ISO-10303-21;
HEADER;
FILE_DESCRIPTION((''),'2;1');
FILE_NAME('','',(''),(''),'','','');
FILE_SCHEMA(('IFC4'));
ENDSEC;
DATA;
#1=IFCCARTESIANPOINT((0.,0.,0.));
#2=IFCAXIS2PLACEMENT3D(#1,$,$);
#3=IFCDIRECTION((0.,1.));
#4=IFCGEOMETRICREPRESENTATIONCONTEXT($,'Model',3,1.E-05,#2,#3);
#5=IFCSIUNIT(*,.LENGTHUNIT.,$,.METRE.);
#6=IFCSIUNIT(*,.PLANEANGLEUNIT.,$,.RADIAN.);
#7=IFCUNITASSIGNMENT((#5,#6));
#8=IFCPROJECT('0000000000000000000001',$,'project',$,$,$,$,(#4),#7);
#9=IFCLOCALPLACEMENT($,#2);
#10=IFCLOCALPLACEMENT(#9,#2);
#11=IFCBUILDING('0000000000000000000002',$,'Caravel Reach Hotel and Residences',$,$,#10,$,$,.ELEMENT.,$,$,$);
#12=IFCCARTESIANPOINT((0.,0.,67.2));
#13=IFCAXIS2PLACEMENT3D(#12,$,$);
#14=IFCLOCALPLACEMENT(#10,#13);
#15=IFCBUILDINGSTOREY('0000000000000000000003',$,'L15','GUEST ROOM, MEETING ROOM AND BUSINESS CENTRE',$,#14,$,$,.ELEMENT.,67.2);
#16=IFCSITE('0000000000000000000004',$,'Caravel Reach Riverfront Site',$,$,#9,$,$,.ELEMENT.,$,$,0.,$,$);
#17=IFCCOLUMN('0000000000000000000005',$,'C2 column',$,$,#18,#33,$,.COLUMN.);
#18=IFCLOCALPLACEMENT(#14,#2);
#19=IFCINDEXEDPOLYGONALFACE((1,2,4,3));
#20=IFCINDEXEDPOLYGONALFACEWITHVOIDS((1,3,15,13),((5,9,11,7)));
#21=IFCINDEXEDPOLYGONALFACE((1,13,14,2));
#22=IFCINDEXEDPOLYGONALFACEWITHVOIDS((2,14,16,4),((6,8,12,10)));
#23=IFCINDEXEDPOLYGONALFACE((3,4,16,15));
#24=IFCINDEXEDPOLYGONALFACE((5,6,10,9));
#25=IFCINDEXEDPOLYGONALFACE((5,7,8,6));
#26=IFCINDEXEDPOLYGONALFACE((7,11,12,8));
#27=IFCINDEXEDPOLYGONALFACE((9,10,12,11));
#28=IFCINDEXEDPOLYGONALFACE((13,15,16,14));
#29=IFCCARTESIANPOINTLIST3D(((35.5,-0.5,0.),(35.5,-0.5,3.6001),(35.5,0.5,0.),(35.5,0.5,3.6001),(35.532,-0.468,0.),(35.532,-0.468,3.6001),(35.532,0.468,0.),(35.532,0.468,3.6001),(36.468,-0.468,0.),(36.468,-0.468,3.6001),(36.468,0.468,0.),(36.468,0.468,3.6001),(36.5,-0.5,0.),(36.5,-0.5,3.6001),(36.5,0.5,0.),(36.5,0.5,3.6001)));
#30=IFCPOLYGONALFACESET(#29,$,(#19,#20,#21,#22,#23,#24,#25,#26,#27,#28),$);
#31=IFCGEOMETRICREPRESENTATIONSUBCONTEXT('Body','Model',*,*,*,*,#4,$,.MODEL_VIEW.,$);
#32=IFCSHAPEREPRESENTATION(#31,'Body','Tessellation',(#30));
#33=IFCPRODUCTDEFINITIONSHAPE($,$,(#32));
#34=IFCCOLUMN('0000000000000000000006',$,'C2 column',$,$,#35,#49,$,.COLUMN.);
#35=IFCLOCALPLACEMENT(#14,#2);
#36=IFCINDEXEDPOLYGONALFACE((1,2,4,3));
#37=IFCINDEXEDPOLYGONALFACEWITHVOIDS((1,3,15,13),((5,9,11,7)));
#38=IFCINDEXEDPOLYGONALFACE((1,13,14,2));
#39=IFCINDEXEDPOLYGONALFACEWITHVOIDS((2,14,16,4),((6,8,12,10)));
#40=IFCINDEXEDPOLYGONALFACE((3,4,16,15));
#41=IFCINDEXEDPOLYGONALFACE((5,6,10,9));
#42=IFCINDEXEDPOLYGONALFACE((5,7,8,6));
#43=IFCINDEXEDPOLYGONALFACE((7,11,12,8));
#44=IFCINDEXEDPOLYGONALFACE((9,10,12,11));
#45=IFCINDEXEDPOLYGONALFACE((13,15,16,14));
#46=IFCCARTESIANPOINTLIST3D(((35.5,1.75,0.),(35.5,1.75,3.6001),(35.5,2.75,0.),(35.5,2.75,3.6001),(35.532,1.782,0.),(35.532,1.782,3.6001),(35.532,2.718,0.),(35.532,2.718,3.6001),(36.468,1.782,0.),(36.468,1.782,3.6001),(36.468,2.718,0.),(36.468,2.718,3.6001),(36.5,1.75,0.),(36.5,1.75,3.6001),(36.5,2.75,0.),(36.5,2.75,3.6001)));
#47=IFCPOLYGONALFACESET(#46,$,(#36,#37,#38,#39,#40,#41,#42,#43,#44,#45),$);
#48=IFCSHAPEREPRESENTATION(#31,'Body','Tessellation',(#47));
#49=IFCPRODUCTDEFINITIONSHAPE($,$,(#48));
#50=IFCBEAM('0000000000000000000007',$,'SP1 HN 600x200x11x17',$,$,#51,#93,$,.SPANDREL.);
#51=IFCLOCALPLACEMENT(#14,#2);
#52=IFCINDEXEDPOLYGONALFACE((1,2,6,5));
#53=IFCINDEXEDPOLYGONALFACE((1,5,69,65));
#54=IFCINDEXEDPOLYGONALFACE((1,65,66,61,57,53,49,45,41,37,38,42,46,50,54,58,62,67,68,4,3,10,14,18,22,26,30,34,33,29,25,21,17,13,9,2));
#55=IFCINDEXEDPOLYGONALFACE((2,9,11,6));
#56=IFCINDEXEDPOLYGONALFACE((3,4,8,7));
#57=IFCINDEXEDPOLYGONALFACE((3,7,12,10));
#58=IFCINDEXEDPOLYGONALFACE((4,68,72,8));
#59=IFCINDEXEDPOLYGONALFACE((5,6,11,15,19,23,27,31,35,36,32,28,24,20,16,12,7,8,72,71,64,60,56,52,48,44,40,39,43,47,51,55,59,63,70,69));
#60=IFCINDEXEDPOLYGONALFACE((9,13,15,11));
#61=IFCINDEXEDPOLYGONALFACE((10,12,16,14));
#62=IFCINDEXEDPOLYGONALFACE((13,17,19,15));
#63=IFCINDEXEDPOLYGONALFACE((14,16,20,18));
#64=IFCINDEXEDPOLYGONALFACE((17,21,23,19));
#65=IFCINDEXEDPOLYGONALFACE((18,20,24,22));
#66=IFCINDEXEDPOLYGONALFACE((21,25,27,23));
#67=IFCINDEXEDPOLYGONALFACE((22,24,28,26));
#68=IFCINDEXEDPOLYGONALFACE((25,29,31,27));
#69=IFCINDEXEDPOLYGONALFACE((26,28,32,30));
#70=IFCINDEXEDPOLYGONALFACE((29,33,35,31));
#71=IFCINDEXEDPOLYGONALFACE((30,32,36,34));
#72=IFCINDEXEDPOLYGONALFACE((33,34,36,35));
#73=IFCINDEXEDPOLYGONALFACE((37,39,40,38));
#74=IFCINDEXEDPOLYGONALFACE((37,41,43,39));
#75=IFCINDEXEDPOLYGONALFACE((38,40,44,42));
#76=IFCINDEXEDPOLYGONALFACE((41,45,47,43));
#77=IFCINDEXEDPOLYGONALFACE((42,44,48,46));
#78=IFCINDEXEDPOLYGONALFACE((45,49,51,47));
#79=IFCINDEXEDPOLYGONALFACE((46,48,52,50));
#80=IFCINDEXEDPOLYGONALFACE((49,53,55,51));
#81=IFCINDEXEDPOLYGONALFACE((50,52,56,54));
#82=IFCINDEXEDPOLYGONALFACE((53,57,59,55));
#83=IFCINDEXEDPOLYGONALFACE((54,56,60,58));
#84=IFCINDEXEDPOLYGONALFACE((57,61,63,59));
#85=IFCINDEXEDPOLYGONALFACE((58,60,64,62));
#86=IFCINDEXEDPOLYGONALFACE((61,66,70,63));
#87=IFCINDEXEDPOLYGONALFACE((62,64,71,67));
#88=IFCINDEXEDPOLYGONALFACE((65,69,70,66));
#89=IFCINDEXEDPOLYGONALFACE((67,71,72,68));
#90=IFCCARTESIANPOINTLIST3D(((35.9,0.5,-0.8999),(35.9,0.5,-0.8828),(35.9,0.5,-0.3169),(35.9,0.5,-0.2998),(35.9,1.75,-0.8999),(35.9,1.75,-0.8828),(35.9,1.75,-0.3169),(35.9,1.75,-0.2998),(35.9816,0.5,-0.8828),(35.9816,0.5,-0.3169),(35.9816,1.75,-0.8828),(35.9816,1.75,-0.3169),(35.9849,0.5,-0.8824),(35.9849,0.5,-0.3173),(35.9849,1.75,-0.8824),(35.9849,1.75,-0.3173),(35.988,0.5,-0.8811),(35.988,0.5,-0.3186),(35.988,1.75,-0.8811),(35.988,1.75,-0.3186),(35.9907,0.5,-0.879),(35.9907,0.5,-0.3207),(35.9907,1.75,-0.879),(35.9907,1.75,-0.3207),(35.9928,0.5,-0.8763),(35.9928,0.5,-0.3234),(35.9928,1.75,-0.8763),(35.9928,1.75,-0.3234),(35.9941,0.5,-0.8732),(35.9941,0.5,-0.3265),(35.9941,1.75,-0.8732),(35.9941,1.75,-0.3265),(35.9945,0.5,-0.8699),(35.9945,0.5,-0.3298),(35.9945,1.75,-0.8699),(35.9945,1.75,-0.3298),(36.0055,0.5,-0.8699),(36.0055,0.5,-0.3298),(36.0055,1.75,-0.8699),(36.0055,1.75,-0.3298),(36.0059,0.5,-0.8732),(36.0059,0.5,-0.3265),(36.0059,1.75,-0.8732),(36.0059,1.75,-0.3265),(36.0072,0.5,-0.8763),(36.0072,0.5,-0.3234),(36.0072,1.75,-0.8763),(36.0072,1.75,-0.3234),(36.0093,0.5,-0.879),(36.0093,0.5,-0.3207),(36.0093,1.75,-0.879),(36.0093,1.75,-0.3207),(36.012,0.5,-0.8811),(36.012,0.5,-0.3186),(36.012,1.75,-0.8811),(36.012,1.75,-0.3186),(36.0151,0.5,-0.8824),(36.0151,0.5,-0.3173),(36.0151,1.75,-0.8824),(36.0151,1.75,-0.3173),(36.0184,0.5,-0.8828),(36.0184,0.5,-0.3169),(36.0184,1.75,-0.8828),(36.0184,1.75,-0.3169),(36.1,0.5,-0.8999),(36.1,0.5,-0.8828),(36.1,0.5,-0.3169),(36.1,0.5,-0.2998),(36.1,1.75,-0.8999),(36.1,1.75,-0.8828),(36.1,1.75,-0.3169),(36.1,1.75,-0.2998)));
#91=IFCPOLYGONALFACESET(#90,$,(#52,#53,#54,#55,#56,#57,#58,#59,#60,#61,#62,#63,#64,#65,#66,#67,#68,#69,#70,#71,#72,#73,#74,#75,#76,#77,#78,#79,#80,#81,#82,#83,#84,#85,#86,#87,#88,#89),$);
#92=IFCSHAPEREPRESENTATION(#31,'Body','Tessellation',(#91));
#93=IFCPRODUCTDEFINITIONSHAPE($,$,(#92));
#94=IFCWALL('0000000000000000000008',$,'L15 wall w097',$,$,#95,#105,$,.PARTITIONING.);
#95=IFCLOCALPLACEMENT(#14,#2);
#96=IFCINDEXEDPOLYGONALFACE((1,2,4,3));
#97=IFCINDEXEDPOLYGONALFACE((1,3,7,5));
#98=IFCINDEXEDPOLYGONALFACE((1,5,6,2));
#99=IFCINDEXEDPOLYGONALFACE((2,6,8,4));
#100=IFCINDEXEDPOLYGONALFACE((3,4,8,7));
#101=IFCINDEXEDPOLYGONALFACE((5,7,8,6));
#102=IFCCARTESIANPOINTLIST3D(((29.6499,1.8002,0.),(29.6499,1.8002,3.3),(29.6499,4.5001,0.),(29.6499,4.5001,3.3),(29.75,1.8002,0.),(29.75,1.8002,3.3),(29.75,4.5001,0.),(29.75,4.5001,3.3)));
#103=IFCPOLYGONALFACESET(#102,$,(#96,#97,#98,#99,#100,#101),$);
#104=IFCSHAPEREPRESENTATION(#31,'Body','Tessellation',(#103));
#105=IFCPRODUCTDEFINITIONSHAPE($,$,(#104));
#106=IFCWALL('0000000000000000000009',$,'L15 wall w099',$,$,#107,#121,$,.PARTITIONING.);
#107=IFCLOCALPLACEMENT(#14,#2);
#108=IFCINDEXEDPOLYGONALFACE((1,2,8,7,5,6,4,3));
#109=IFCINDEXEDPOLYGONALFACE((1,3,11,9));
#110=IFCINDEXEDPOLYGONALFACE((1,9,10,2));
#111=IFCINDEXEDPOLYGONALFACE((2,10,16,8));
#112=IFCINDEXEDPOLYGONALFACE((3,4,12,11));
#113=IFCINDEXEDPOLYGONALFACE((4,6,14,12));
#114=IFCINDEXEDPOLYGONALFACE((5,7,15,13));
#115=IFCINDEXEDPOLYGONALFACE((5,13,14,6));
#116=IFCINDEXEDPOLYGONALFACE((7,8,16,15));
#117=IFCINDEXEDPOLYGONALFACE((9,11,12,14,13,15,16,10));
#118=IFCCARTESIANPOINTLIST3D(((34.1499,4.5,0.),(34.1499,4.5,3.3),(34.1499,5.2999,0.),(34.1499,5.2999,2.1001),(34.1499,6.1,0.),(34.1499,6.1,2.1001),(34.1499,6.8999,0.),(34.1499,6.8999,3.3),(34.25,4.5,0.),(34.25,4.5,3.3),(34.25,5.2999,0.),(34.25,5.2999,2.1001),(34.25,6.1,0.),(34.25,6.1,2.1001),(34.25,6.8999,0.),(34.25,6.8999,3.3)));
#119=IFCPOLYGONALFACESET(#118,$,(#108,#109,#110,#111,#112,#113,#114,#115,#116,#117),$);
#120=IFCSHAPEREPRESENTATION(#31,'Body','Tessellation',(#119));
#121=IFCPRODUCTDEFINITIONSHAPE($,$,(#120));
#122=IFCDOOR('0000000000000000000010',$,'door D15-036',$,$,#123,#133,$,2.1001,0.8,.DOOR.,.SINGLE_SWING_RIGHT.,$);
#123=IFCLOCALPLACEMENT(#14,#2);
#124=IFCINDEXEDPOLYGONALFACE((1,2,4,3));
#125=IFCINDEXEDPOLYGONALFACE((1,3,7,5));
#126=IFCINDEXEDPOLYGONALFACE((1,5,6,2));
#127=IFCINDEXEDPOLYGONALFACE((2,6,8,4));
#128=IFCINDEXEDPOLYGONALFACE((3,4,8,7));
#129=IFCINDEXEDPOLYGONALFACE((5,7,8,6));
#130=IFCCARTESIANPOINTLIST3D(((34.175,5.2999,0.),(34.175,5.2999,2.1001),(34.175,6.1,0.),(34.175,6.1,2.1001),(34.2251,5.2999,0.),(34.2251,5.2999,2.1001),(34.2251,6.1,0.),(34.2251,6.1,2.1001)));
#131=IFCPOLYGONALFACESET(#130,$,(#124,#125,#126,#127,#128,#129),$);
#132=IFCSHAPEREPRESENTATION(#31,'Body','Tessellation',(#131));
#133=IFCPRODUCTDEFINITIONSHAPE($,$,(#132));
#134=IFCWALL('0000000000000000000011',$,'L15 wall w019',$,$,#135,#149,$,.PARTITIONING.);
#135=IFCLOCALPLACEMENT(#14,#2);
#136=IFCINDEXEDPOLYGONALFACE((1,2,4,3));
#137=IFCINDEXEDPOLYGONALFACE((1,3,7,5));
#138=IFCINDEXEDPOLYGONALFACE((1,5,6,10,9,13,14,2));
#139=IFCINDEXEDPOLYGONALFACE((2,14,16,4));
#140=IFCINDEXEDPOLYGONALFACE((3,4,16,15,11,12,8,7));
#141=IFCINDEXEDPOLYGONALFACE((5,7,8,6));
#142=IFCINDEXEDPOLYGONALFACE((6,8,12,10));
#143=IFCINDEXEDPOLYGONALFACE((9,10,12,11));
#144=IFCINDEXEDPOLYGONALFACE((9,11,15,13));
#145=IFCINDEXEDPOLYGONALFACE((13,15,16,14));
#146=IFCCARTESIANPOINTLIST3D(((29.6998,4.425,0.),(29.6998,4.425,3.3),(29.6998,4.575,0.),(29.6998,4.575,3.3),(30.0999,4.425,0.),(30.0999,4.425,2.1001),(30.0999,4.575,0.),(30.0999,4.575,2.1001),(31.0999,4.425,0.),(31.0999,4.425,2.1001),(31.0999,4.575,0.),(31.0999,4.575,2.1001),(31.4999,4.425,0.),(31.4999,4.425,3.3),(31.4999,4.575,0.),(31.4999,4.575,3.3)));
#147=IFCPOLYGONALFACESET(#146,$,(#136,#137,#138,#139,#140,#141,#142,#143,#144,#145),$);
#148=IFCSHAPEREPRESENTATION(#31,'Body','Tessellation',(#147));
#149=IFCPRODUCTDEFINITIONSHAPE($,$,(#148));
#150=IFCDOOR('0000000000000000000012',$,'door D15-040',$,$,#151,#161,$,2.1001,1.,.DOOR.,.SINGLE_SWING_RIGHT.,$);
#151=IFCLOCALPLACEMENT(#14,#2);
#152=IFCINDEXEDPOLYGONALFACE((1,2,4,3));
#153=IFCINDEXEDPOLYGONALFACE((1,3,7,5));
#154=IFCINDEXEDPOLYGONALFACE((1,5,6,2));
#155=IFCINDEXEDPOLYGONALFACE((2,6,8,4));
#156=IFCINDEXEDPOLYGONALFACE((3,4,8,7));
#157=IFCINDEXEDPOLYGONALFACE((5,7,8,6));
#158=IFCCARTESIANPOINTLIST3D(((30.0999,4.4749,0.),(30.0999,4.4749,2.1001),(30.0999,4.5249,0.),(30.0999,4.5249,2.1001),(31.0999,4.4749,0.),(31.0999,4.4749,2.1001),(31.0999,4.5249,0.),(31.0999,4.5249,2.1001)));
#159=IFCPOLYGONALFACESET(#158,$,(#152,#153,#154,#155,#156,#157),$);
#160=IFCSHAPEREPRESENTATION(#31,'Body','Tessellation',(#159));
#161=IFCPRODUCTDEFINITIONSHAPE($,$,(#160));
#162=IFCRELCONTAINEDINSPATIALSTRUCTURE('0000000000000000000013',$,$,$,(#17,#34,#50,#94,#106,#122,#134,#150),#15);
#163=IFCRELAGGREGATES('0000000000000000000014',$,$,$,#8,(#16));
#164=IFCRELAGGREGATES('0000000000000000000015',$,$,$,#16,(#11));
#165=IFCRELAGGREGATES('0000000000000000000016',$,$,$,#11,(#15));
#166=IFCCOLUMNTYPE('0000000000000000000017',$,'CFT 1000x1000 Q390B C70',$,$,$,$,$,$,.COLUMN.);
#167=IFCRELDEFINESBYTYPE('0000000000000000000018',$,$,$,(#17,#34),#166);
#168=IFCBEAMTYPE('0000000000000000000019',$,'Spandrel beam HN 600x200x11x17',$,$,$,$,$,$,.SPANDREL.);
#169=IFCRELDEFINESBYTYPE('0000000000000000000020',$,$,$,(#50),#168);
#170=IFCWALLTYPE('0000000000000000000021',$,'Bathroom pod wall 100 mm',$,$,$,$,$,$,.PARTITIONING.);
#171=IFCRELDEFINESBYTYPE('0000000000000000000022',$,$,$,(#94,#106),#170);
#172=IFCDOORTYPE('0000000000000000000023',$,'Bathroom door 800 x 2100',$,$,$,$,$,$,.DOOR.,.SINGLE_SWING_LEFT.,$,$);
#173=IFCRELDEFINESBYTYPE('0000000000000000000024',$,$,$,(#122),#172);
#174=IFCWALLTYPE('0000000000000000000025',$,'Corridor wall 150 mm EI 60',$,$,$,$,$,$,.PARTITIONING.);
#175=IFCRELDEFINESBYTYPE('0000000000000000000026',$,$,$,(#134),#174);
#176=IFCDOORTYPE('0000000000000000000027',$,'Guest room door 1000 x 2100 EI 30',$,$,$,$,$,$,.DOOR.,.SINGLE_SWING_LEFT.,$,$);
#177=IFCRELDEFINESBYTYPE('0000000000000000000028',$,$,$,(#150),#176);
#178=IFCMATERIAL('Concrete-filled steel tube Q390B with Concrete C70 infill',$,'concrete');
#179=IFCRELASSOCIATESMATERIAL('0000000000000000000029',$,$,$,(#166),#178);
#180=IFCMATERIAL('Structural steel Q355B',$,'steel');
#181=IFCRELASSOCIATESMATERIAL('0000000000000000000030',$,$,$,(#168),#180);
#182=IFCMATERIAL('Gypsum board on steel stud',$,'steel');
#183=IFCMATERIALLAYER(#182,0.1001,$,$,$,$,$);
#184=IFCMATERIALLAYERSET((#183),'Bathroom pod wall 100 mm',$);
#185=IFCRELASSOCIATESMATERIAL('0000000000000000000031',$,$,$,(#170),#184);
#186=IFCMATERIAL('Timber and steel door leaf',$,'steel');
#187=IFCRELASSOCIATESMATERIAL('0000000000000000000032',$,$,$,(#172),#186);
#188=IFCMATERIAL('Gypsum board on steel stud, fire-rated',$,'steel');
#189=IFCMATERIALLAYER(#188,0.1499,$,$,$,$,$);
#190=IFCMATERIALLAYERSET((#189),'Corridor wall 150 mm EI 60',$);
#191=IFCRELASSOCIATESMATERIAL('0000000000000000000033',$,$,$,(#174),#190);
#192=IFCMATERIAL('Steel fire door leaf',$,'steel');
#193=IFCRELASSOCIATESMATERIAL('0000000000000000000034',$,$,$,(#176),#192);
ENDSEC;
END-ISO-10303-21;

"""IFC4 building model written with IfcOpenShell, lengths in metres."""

from ifc_helpers import new_model, si_unit, direction, frame, frame_2d, origin, origin_2d, place, context, subcontext, project, spatial, rectangle, hollow_rectangle, i_section, extrude, material, layer, layer_set, material_profile, profile_set, type_object, element, fill, save


model = new_model("IFC4")

# Units and contexts
model_context = context("Model", 3, precision=1e-05, world=origin(), true_north=direction((0.0, 1.0)))
body_context = subcontext(model_context, "Body", "Model", "MODEL_VIEW")
ifc_project = project(units=[si_unit("LENGTHUNIT", "METRE"), si_unit("PLANEANGLEUNIT", "RADIAN")], contexts=[model_context])

# Site, building, storey
site_placement = place(None, origin())
site = spatial("IfcSite", under=ifc_project, at=site_placement, Name="Caravel Reach Riverfront Site", CompositionType="ELEMENT", RefElevation=0.0)
building_placement = place(site_placement, origin())
building = spatial("IfcBuilding", under=site, at=building_placement, Name="Caravel Reach Hotel and Residences", CompositionType="ELEMENT")
storey_placement = place(building_placement, frame((0.0, 0.0, 67.2)))
storey = spatial("IfcBuildingStorey", under=building, at=storey_placement, Name="L15", Description="GUEST ROOM, MEETING ROOM AND BUSINESS CENTRE", CompositionType="ELEMENT", Elevation=67.2)

# Columns
ifc_material_1 = material(Name="Concrete-filled steel tube Q390B with Concrete C70 infill", Category="concrete")
ifc_material_profile_1 = material_profile(ifc_material_1, hollow_rectangle(XDim=1.0, YDim=1.0, WallThickness=0.032, at=origin_2d()), Name="RHS 1000x1000x32")
ifc_profile_set_1 = profile_set([ifc_material_profile_1], Name="Concrete-filled steel tube Q390B with Concrete C70 infill")
column_type = type_object("IfcColumnType", Name="CFT 1000x1000 Q390B C70", PredefinedType="COLUMN", material=ifc_profile_set_1)
for number, where, z_axis, x_axis, name in (
    (1, (36.0, 0.0, 0.0), (0.0, 0.0, 1.0), (1.0, 0.0, 0.0), "C2 column"),
    (2, (36.0, 2.25, 0.0), (0.0, 0.0, 1.0), (1.0, 0.0, 0.0), "C2 column"),
):
    element("IfcColumn", number, at=place(storey_placement, frame(where, z_axis=z_axis, x_axis=x_axis)), inside=storey, type_object=column_type, Name=name, PredefinedType="COLUMN", context=body_context, shape_type="SweptSolid", body=[
        extrude(hollow_rectangle(XDim=1.0, YDim=1.0, WallThickness=0.032, at=origin_2d()), origin(), (0.0, 0.0, 1.0), 3.6001),
    ])

# Beam
ifc_material_2 = material(Name="Structural steel Q355B", Category="steel")
ifc_material_profile_2 = material_profile(ifc_material_2, i_section(OverallWidth=0.2, OverallDepth=0.6001, WebThickness=0.011, FlangeThickness=0.0171, FilletRadius=0.0129, at=origin_2d()), Name="HN 600x200x11x17")
ifc_profile_set_2 = profile_set([ifc_material_profile_2], Name="Structural steel Q355B")
beam_type = type_object("IfcBeamType", Name="Spandrel beam HN 600x200x11x17", PredefinedType="SPANDREL", material=ifc_profile_set_2)
beam_placement = place(storey_placement, frame((36.0, 0.5, -0.5999), z_axis=(0.0, 1.0, 0.0), x_axis=(-1.0, 0.0, 0.0)))
element("IfcBeam", 3, at=beam_placement, inside=storey, type_object=beam_type, Name="SP1 HN 600x200x11x17", PredefinedType="SPANDREL", context=body_context, shape_type="SweptSolid", body=[
    extrude(i_section(OverallWidth=0.2, OverallDepth=0.6001, WebThickness=0.011, FlangeThickness=0.0171, FilletRadius=0.0129, at=origin_2d()), origin(), (0.0, 0.0, 1.0), 1.25),
])

# Wall
ifc_material_3 = material(Name="Gypsum board on steel stud", Category="steel")
ifc_layer_1 = layer(ifc_material_3, 0.1001)
ifc_layer_set_1 = layer_set([ifc_layer_1], Name="Bathroom pod wall 100 mm")
wall_type_1 = type_object("IfcWallType", Name="Bathroom pod wall 100 mm", PredefinedType="PARTITIONING", material=ifc_layer_set_1)
wall_1_placement = place(storey_placement, frame((29.7, 1.8, 0.0), z_axis=(0.0, 0.0, 1.0), x_axis=(0.0, 1.0, 0.0)))
element("IfcWall", 4, at=wall_1_placement, inside=storey, type_object=wall_type_1, Name="L15 wall w097", PredefinedType="PARTITIONING", context=body_context, shape_type="SweptSolid", body=[
    extrude(rectangle(XDim=2.7, YDim=0.1001, at=frame_2d((1.3501, 0.0))), origin(), (0.0, 0.0, 1.0), 3.3),
])

# Walls, openings, doors
wall_2_placement = place(storey_placement, frame((34.2, 4.5, 0.0), z_axis=(0.0, 0.0, 1.0), x_axis=(0.0, 1.0, 0.0)))
wall_2 = element("IfcWall", 5, at=wall_2_placement, inside=storey, type_object=wall_type_1, Name="L15 wall w099", PredefinedType="PARTITIONING", context=body_context, shape_type="SweptSolid", body=[
    extrude(rectangle(XDim=2.3999, YDim=0.1001, at=frame_2d((1.2, 0.0))), origin(), (0.0, 0.0, 1.0), 3.3),
])
opening_1_placement = place(wall_2_placement, frame((0.8, 0.0, 0.0)))
opening_1 = element("IfcOpeningElement", 6, at=opening_1_placement, cuts=wall_2, PredefinedType="OPENING", context=body_context, shape_type="SweptSolid", body=[
    extrude(rectangle(XDim=0.8, YDim=2.1001, at=frame_2d((0.3999, 1.05))), frame((0.0, 0.0601, 0.0), z_axis=(0.0, -1.0, 0.0), x_axis=(1.0, 0.0, 0.0)), (0.0, 0.0, 1.0), 0.1201),
])
ifc_material_4 = material(Name="Timber and steel door leaf", Category="steel")
door_type_1 = type_object("IfcDoorType", Name="Bathroom door 800 x 2100", OperationType="SINGLE_SWING_LEFT", PredefinedType="DOOR", material=ifc_material_4)
door_1_placement = place(opening_1_placement, origin())
door_1 = element("IfcDoor", 7, at=door_1_placement, inside=storey, type_object=door_type_1, Name="door D15-036", OperationType="SINGLE_SWING_RIGHT", OverallHeight=2.1001, OverallWidth=0.8, PredefinedType="DOOR", context=body_context, shape_type="SweptSolid", body=[
    extrude(rectangle(XDim=0.8, YDim=2.1001, at=frame_2d((0.3999, 1.05))), frame((0.0, 0.0249, 0.0), z_axis=(0.0, -1.0, 0.0), x_axis=(1.0, 0.0, 0.0)), (0.0, 0.0, 1.0), 0.05),
])
fill(opening_1, door_1)
ifc_material_5 = material(Name="Gypsum board on steel stud, fire-rated", Category="steel")
ifc_layer_2 = layer(ifc_material_5, 0.1499)
ifc_layer_set_2 = layer_set([ifc_layer_2], Name="Corridor wall 150 mm EI 60")
wall_type_2 = type_object("IfcWallType", Name="Corridor wall 150 mm EI 60", PredefinedType="PARTITIONING", material=ifc_layer_set_2)
wall_3_placement = place(storey_placement, frame((29.7, 4.5, 0.0), z_axis=(0.0, 0.0, 1.0), x_axis=(1.0, 0.0, 0.0)))
wall_3 = element("IfcWall", 8, at=wall_3_placement, inside=storey, type_object=wall_type_2, Name="L15 wall w019", PredefinedType="PARTITIONING", context=body_context, shape_type="SweptSolid", body=[
    extrude(rectangle(XDim=1.8, YDim=0.1499, at=frame_2d((0.8999, 0.0))), origin(), (0.0, 0.0, 1.0), 3.3),
])
opening_2_placement = place(wall_3_placement, frame((0.3999, 0.0, 0.0)))
opening_2 = element("IfcOpeningElement", 9, at=opening_2_placement, cuts=wall_3, PredefinedType="OPENING", context=body_context, shape_type="SweptSolid", body=[
    extrude(rectangle(XDim=1.0, YDim=2.1001, at=frame_2d((0.5, 1.05))), frame((0.0, 0.085, 0.0), z_axis=(0.0, -1.0, 0.0), x_axis=(1.0, 0.0, 0.0)), (0.0, 0.0, 1.0), 0.1699),
])
ifc_material_6 = material(Name="Steel fire door leaf", Category="steel")
door_type_2 = type_object("IfcDoorType", Name="Guest room door 1000 x 2100 EI 30", OperationType="SINGLE_SWING_LEFT", PredefinedType="DOOR", material=ifc_material_6)
door_2_placement = place(opening_2_placement, origin())
door_2 = element("IfcDoor", 10, at=door_2_placement, inside=storey, type_object=door_type_2, Name="door D15-040", OperationType="SINGLE_SWING_RIGHT", OverallHeight=2.1001, OverallWidth=1.0, PredefinedType="DOOR", context=body_context, shape_type="SweptSolid", body=[
    extrude(rectangle(XDim=1.0, YDim=2.1001, at=frame_2d((0.5, 1.05))), frame((0.0, 0.0249, 0.0), z_axis=(0.0, -1.0, 0.0), x_axis=(1.0, 0.0, 0.0)), (0.0, 0.0, 1.0), 0.05),
])
fill(opening_2, door_2)

save(model, "model.ifc")
